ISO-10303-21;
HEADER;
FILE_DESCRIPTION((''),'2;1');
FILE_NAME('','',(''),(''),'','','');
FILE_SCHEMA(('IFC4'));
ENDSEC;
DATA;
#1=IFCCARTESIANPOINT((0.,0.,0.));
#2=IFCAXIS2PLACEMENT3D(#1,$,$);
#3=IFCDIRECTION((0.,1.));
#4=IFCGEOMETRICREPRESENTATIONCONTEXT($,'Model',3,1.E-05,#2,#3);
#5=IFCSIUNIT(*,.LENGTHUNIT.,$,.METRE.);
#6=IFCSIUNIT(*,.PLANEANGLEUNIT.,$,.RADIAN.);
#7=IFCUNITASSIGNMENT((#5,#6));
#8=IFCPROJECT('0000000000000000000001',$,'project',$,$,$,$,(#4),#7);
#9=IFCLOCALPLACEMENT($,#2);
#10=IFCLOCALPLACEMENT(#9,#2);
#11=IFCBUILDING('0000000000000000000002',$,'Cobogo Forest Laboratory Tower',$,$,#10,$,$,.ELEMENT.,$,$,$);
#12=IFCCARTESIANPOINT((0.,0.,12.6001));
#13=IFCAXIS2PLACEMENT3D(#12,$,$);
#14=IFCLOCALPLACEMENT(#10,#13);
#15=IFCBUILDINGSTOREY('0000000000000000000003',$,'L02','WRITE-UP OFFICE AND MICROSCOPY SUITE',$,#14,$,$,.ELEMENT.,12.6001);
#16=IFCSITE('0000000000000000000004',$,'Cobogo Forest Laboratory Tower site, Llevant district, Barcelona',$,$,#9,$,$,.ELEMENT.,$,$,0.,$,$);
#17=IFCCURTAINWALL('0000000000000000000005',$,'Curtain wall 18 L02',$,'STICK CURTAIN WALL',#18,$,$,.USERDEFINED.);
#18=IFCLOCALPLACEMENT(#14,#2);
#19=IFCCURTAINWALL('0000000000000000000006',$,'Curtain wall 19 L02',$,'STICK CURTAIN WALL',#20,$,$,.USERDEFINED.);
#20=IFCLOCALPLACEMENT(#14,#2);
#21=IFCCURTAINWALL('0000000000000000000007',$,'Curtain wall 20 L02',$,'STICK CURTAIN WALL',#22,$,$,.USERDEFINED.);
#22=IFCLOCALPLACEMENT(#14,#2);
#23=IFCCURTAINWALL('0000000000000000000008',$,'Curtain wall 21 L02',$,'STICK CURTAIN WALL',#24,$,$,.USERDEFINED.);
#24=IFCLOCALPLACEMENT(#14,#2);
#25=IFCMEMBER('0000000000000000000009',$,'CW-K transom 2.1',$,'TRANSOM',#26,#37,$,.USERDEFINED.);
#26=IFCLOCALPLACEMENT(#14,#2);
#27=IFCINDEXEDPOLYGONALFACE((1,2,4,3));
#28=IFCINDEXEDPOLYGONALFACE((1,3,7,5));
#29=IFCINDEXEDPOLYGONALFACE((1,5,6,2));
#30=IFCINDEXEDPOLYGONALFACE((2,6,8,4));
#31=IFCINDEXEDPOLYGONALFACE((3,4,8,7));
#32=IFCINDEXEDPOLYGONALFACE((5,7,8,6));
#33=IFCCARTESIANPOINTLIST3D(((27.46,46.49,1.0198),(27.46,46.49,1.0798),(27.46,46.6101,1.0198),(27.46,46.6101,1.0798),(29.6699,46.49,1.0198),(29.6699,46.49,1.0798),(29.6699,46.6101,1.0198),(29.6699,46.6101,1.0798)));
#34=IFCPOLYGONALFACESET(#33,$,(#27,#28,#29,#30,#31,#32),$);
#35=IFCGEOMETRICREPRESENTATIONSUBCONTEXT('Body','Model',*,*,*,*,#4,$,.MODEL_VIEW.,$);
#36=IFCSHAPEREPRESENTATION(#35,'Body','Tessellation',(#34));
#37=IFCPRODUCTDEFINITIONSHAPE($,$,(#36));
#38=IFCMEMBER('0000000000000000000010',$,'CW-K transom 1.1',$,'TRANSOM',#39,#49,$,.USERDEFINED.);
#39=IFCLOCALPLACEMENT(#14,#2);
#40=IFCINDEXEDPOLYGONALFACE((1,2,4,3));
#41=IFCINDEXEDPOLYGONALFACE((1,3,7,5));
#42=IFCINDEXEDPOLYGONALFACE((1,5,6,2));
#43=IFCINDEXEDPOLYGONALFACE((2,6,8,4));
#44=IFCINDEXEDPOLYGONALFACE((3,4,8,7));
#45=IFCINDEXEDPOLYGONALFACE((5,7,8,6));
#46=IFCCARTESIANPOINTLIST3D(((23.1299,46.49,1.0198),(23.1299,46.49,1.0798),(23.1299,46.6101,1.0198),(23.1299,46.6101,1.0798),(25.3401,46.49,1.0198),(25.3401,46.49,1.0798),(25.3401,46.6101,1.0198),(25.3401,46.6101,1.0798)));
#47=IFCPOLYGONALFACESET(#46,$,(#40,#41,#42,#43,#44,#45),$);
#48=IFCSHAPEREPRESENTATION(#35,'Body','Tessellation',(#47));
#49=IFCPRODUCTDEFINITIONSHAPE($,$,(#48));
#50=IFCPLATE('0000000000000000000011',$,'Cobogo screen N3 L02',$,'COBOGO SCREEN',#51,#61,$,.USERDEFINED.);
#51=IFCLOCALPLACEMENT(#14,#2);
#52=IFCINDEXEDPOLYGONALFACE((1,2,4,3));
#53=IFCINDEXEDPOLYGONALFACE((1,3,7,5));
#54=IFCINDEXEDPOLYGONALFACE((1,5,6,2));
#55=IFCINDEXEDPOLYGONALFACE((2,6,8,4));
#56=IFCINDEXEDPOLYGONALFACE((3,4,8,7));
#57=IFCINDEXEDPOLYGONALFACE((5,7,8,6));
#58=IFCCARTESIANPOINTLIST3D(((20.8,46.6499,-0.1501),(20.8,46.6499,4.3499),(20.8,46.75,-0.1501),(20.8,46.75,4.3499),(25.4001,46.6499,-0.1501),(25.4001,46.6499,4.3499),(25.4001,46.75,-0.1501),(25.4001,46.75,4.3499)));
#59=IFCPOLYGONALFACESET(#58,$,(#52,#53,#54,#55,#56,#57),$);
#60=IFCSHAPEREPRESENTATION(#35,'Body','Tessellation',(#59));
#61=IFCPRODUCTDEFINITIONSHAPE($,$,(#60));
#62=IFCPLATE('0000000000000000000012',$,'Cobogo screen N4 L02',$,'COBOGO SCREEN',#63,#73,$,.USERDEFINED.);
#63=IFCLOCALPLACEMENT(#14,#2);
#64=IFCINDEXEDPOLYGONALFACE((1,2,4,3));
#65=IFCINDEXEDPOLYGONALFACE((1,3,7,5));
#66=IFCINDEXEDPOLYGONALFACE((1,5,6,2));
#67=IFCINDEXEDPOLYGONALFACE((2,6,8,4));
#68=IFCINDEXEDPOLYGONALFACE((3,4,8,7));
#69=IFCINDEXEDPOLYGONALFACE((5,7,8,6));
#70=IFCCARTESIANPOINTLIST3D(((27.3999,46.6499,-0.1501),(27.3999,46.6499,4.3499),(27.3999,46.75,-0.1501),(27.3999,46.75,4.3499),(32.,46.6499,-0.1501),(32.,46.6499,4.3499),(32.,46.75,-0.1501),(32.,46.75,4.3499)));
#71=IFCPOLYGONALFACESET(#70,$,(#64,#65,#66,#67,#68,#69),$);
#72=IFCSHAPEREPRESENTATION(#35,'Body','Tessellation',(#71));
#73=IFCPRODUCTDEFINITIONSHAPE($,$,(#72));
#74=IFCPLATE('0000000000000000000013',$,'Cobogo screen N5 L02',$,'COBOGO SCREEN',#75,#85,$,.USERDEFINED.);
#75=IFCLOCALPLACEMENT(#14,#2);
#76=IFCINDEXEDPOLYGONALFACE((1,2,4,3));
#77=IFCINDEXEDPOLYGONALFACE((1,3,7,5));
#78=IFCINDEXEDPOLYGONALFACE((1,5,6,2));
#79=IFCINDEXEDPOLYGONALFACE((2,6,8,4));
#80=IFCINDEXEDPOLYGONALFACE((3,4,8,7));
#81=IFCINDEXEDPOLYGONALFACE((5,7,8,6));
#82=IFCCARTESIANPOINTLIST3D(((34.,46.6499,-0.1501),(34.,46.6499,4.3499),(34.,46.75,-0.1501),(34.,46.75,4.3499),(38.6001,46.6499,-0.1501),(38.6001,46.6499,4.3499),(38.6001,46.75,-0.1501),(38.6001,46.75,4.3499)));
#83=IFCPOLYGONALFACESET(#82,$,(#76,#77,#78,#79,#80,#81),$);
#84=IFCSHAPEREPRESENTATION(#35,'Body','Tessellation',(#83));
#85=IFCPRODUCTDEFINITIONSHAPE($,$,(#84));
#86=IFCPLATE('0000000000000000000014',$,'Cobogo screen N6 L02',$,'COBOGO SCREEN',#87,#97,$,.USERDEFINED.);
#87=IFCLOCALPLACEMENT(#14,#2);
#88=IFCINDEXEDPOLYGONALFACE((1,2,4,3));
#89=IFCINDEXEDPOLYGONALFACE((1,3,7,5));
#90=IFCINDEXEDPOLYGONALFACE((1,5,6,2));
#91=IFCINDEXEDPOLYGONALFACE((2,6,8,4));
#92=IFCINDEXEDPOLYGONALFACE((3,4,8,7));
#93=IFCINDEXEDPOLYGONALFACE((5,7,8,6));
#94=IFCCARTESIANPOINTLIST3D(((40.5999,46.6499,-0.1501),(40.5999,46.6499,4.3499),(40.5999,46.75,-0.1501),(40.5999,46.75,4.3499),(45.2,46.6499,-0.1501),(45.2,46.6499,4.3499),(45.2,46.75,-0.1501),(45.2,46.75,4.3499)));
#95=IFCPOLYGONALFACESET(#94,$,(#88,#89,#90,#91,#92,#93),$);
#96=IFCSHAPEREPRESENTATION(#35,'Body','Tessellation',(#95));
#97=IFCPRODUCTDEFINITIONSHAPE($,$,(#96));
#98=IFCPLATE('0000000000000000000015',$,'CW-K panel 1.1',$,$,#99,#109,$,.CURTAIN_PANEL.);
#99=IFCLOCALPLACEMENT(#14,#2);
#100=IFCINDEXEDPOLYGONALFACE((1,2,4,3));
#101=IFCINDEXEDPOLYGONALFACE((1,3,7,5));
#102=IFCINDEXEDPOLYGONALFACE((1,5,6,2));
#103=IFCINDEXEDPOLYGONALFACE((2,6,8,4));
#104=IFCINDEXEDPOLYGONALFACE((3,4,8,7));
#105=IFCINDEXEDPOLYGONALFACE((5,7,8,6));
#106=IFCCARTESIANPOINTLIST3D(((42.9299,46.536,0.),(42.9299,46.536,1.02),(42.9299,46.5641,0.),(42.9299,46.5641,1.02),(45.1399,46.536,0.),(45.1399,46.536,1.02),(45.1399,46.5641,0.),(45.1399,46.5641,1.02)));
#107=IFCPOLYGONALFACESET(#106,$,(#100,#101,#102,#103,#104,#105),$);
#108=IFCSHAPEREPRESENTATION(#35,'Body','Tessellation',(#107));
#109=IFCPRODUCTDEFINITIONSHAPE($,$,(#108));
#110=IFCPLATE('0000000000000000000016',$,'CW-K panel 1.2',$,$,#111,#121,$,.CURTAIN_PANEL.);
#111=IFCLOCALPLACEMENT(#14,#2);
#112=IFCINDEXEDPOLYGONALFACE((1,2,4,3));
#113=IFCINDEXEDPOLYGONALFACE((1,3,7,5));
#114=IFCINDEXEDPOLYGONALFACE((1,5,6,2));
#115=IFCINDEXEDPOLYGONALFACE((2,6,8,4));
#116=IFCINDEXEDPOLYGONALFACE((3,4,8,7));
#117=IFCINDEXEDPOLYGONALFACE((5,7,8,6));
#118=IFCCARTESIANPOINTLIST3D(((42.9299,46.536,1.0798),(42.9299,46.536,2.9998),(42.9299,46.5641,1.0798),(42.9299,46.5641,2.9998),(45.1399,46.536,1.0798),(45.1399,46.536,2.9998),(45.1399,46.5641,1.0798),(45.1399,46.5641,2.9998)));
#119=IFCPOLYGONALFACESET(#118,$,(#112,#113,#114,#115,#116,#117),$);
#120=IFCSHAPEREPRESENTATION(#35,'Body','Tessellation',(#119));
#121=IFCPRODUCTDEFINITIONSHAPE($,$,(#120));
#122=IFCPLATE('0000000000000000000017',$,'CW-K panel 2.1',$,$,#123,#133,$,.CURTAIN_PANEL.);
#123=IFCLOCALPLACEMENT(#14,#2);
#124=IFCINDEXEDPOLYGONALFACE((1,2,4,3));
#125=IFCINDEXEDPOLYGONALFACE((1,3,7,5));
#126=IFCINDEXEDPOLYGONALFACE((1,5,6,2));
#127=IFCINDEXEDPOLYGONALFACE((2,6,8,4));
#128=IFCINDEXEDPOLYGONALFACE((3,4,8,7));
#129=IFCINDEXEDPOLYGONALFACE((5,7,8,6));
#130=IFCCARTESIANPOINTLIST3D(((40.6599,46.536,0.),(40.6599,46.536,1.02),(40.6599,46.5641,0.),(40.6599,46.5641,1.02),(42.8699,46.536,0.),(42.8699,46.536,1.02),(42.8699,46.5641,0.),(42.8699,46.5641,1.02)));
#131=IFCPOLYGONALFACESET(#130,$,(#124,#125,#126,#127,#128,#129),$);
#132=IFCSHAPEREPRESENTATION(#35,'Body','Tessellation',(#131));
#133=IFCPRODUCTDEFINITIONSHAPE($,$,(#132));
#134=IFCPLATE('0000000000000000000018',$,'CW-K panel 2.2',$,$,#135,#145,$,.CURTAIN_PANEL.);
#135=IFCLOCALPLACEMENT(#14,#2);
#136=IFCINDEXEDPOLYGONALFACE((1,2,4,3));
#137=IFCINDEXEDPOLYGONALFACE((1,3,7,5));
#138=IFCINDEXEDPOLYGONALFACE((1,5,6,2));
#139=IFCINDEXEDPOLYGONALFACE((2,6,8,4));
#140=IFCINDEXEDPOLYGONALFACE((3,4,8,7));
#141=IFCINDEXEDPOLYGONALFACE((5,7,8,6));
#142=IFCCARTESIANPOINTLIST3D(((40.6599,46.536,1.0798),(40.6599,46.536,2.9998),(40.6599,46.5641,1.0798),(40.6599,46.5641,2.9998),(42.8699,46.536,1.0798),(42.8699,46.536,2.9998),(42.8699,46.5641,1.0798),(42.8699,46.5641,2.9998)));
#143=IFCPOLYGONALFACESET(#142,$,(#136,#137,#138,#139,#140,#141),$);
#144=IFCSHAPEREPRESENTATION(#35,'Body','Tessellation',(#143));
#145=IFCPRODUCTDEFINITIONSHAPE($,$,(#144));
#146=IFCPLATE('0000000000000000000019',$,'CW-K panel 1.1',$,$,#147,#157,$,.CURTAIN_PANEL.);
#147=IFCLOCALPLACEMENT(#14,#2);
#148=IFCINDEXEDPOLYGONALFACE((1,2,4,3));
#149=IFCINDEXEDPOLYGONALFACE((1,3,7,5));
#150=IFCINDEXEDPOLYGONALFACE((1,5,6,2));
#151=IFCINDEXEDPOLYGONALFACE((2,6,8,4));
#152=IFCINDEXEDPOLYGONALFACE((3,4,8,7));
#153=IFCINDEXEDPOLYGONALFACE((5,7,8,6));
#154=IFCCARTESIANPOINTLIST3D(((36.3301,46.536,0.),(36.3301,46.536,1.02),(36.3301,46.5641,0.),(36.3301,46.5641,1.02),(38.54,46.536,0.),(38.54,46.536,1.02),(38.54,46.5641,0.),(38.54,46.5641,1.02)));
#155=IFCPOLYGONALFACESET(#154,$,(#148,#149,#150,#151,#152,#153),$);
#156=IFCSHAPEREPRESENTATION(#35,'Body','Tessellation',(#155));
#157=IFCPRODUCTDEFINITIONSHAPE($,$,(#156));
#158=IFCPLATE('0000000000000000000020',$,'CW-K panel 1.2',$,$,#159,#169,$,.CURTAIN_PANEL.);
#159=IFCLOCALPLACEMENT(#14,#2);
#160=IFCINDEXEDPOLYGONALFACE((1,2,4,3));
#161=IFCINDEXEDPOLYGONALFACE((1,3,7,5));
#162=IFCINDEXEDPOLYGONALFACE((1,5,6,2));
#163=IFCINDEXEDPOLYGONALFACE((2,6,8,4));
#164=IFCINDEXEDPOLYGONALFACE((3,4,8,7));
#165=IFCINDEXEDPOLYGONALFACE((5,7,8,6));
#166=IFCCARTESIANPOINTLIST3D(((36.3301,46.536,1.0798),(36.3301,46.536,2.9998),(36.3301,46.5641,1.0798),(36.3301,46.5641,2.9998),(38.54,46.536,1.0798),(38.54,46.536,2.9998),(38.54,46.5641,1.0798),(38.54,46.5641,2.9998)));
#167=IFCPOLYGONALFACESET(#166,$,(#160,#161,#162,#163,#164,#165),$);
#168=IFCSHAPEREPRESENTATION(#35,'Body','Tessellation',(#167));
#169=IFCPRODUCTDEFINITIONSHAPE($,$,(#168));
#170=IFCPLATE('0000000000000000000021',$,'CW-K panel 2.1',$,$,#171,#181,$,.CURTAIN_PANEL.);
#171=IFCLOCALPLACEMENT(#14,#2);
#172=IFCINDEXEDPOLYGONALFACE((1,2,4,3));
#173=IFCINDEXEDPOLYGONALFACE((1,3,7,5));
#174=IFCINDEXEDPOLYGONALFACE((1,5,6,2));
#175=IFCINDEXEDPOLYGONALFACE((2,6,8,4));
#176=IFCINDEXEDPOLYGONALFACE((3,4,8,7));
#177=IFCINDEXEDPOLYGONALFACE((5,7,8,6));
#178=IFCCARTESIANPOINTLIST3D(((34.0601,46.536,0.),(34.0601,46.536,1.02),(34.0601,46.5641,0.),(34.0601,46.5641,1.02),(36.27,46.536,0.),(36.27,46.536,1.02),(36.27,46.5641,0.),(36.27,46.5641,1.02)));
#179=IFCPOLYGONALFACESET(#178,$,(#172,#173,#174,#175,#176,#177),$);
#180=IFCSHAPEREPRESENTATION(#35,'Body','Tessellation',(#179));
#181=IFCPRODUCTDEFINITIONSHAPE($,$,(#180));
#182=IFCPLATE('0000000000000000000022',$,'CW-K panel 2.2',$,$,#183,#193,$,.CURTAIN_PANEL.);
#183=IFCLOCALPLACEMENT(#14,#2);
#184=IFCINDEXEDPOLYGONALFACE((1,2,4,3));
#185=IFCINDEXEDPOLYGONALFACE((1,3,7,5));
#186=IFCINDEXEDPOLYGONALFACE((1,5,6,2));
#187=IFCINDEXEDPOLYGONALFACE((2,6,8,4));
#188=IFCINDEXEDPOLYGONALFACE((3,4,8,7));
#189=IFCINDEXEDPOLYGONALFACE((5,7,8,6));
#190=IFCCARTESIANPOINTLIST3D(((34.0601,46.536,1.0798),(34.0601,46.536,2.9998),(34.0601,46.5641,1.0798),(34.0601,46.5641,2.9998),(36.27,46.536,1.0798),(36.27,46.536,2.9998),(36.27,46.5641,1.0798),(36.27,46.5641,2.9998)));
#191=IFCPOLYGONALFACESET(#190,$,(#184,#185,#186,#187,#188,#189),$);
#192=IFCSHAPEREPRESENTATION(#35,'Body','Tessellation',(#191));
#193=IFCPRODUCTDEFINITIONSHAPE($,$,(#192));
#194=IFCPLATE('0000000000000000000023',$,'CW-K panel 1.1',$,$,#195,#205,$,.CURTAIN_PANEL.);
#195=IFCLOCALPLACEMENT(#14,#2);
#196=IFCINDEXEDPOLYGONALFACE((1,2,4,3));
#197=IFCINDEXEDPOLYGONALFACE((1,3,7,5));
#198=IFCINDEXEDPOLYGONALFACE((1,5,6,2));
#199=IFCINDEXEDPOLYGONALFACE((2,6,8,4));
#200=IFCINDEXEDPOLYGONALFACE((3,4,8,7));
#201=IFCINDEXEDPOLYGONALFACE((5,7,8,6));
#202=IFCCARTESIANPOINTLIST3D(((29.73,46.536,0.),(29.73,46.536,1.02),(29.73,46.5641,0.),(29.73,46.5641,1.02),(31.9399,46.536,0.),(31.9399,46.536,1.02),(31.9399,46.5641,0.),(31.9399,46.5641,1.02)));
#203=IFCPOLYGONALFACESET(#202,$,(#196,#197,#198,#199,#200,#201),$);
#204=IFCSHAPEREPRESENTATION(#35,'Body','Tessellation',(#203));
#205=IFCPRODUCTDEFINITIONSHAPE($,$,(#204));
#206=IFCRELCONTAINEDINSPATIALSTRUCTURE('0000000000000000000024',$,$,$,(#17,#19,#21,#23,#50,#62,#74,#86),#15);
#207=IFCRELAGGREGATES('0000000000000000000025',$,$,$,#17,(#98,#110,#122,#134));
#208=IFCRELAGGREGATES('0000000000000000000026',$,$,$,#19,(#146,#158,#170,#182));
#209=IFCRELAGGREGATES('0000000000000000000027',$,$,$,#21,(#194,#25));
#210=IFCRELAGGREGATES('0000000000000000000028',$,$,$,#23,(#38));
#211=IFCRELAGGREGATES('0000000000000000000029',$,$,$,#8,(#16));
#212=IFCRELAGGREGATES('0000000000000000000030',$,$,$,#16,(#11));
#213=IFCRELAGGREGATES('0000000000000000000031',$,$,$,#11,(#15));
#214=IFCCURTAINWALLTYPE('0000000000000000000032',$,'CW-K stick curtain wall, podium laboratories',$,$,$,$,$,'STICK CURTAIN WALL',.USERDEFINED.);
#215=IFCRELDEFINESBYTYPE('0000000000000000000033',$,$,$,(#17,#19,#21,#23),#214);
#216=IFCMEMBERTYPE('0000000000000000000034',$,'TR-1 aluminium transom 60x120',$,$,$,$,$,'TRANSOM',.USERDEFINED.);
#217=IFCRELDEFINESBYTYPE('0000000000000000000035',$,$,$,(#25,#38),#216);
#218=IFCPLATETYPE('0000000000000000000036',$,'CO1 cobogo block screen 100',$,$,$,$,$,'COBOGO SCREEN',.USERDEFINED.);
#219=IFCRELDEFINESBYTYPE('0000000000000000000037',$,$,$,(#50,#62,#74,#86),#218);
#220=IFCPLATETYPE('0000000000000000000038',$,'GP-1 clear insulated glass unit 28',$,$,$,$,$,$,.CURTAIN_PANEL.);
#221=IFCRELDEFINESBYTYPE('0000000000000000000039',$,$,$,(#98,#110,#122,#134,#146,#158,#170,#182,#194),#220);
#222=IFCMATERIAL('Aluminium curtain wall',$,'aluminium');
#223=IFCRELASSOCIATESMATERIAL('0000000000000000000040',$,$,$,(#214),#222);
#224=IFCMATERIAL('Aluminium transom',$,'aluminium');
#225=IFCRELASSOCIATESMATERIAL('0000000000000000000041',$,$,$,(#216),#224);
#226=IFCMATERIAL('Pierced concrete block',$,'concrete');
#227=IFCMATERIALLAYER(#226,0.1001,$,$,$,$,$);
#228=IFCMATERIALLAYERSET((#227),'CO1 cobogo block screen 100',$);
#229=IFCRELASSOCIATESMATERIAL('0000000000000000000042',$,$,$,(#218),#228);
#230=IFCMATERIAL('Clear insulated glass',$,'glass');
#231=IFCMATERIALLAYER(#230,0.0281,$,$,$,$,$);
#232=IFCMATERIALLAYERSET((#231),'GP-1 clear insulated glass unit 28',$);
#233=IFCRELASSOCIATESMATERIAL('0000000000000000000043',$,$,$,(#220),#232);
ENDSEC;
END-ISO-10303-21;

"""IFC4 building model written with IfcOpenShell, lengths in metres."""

from ifc_helpers import new_model, si_unit, direction, frame, origin, origin_2d, place, context, subcontext, project, spatial, rectangle, extrude, material, layer, layer_set, material_profile, profile_set, type_object, element, aggregate, save


model = new_model("IFC4")

# Units and contexts
model_context = context("Model", 3, precision=1e-05, world=origin(), true_north=direction((0.0, 1.0)))
body_context = subcontext(model_context, "Body", "Model", "MODEL_VIEW")
ifc_project = project(units=[si_unit("LENGTHUNIT", "METRE"), si_unit("PLANEANGLEUNIT", "RADIAN")], contexts=[model_context])

# Site, building, storey
site_placement = place(None, origin())
site = spatial("IfcSite", under=ifc_project, at=site_placement, Name="Cobogo Forest Laboratory Tower site, Llevant district, Barcelona", CompositionType="ELEMENT", RefElevation=0.0)
building_placement = place(site_placement, origin())
building = spatial("IfcBuilding", under=site, at=building_placement, Name="Cobogo Forest Laboratory Tower", CompositionType="ELEMENT")
storey_placement = place(building_placement, frame((0.0, 0.0, 12.6001)))
storey = spatial("IfcBuildingStorey", under=building, at=storey_placement, Name="L02", Description="WRITE-UP OFFICE AND MICROSCOPY SUITE", CompositionType="ELEMENT", Elevation=12.6001)

# Curtain walls
ifc_material_1 = material(Name="Aluminium curtain wall", Category="aluminium")
curtain_wall_type = type_object("IfcCurtainWallType", Name="CW-K stick curtain wall, podium laboratories", ElementType="STICK CURTAIN WALL", PredefinedType="USERDEFINED", material=ifc_material_1)
curtain_wall_1_placement = place(storey_placement, origin())
curtain_wall_1 = element("IfcCurtainWall", 1, at=curtain_wall_1_placement, inside=storey, type_object=curtain_wall_type, Name="Curtain wall 18 L02", ObjectType="STICK CURTAIN WALL", PredefinedType="USERDEFINED")
curtain_wall_2_placement = place(storey_placement, origin())
curtain_wall_2 = element("IfcCurtainWall", 2, at=curtain_wall_2_placement, inside=storey, type_object=curtain_wall_type, Name="Curtain wall 19 L02", ObjectType="STICK CURTAIN WALL", PredefinedType="USERDEFINED")
curtain_wall_3_placement = place(storey_placement, origin())
curtain_wall_3 = element("IfcCurtainWall", 3, at=curtain_wall_3_placement, inside=storey, type_object=curtain_wall_type, Name="Curtain wall 20 L02", ObjectType="STICK CURTAIN WALL", PredefinedType="USERDEFINED")

# Curtain wall
curtain_wall_4_placement = place(storey_placement, origin())
curtain_wall_4 = element("IfcCurtainWall", 4, at=curtain_wall_4_placement, inside=storey, type_object=curtain_wall_type, Name="Curtain wall 21 L02", ObjectType="STICK CURTAIN WALL", PredefinedType="USERDEFINED")

# Members
ifc_material_2 = material(Name="Aluminium transom", Category="aluminium")
ifc_material_profile_1 = material_profile(ifc_material_2, rectangle(XDim=0.1201, YDim=0.0601, at=origin_2d()), Name="AL 60x120")
ifc_profile_set_1 = profile_set([ifc_material_profile_1], Name="Aluminium transom")
member_type_1 = type_object("IfcMemberType", Name="TR-1 aluminium transom 60x120", ElementType="TRANSOM", PredefinedType="USERDEFINED", material=ifc_profile_set_1)
member_1_placement = place(storey_placement, frame((29.6699, 46.55, 1.0498), z_axis=(-1.0, 0.0, 0.0), x_axis=(0.0, -1.0, 0.0)))
member_1 = element("IfcMember", 5, at=member_1_placement, type_object=member_type_1, Name="CW-K transom 2.1", ObjectType="TRANSOM", PredefinedType="USERDEFINED", context=body_context, shape_type="SweptSolid", body=[
    extrude(rectangle(XDim=0.1201, YDim=0.0601, at=origin_2d()), origin(), (0.0, 0.0, 1.0), 2.21),
])
member_2_placement = place(storey_placement, frame((25.3401, 46.55, 1.0498), z_axis=(-1.0, 0.0, 0.0), x_axis=(0.0, -1.0, 0.0)))
member_2 = element("IfcMember", 6, at=member_2_placement, type_object=member_type_1, Name="CW-K transom 1.1", ObjectType="TRANSOM", PredefinedType="USERDEFINED", context=body_context, shape_type="SweptSolid", body=[
    extrude(rectangle(XDim=0.1201, YDim=0.0601, at=origin_2d()), origin(), (0.0, 0.0, 1.0), 2.2102),
])

# Plates
ifc_material_3 = material(Name="Pierced concrete block", Category="concrete")
ifc_layer_1 = layer(ifc_material_3, 0.1001)
ifc_layer_set_1 = layer_set([ifc_layer_1], Name="CO1 cobogo block screen 100")
plate_type_1 = type_object("IfcPlateType", Name="CO1 cobogo block screen 100", ElementType="COBOGO SCREEN", PredefinedType="USERDEFINED", material=ifc_layer_set_1)
for number, where, z_axis, x_axis, name in (
    (7, (23.1001, 46.7, -0.1501), (0.0, 0.0, 1.0), (1.0, 0.0, 0.0), "Cobogo screen N3 L02"),
    (8, (29.7, 46.7, -0.1501), (0.0, 0.0, 1.0), (1.0, 0.0, 0.0), "Cobogo screen N4 L02"),
    (9, (36.3, 46.7, -0.1501), (0.0, 0.0, 1.0), (1.0, 0.0, 0.0), "Cobogo screen N5 L02"),
    (10, (42.8999, 46.7, -0.1501), (0.0, 0.0, 1.0), (1.0, 0.0, 0.0), "Cobogo screen N6 L02"),
):
    element("IfcPlate", number, at=place(storey_placement, frame(where, z_axis=z_axis, x_axis=x_axis)), inside=storey, type_object=plate_type_1, Name=name, ObjectType="COBOGO SCREEN", PredefinedType="USERDEFINED", context=body_context, shape_type="SweptSolid", body=[
        extrude(rectangle(XDim=4.6001, YDim=0.1001, at=origin_2d()), origin(), (0.0, 0.0, 1.0), 4.5),
    ])

# Plates
ifc_material_4 = material(Name="Clear insulated glass", Category="glass")
ifc_layer_2 = layer(ifc_material_4, 0.0281)
ifc_layer_set_2 = layer_set([ifc_layer_2], Name="GP-1 clear insulated glass unit 28")
plate_type_2 = type_object("IfcPlateType", Name="GP-1 clear insulated glass unit 28", PredefinedType="CURTAIN_PANEL", material=ifc_layer_set_2)
plate_1_placement = place(storey_placement, frame((44.0349, 46.55, 0.0), z_axis=(0.0, 0.0, 1.0), x_axis=(-1.0, 0.0, 0.0)))
plate_1 = element("IfcPlate", 11, at=plate_1_placement, type_object=plate_type_2, Name="CW-K panel 1.1", PredefinedType="CURTAIN_PANEL", context=body_context, shape_type="SweptSolid", body=[
    extrude(rectangle(XDim=2.21, YDim=0.0281, at=origin_2d()), origin(), (0.0, 0.0, 1.0), 1.02),
])
plate_2_placement = place(storey_placement, frame((44.0349, 46.55, 1.0798), z_axis=(0.0, 0.0, 1.0), x_axis=(-1.0, 0.0, 0.0)))
plate_2 = element("IfcPlate", 12, at=plate_2_placement, type_object=plate_type_2, Name="CW-K panel 1.2", PredefinedType="CURTAIN_PANEL", context=body_context, shape_type="SweptSolid", body=[
    extrude(rectangle(XDim=2.21, YDim=0.0281, at=origin_2d()), origin(), (0.0, 0.0, 1.0), 1.9199),
])
plate_3_placement = place(storey_placement, frame((41.7649, 46.55, 0.0), z_axis=(0.0, 0.0, 1.0), x_axis=(-1.0, 0.0, 0.0)))
plate_3 = element("IfcPlate", 13, at=plate_3_placement, type_object=plate_type_2, Name="CW-K panel 2.1", PredefinedType="CURTAIN_PANEL", context=body_context, shape_type="SweptSolid", body=[
    extrude(rectangle(XDim=2.21, YDim=0.0281, at=origin_2d()), origin(), (0.0, 0.0, 1.0), 1.02),
])
plate_4_placement = place(storey_placement, frame((41.7649, 46.55, 1.0798), z_axis=(0.0, 0.0, 1.0), x_axis=(-1.0, 0.0, 0.0)))
plate_4 = element("IfcPlate", 14, at=plate_4_placement, type_object=plate_type_2, Name="CW-K panel 2.2", PredefinedType="CURTAIN_PANEL", context=body_context, shape_type="SweptSolid", body=[
    extrude(rectangle(XDim=2.21, YDim=0.0281, at=origin_2d()), origin(), (0.0, 0.0, 1.0), 1.9199),
])
aggregate(curtain_wall_1, [plate_1, plate_2, plate_3, plate_4])
plate_5_placement = place(storey_placement, frame((37.4351, 46.55, 0.0), z_axis=(0.0, 0.0, 1.0), x_axis=(-1.0, 0.0, 0.0)))
plate_5 = element("IfcPlate", 15, at=plate_5_placement, type_object=plate_type_2, Name="CW-K panel 1.1", PredefinedType="CURTAIN_PANEL", context=body_context, shape_type="SweptSolid", body=[
    extrude(rectangle(XDim=2.21, YDim=0.0281, at=origin_2d()), origin(), (0.0, 0.0, 1.0), 1.02),
])
plate_6_placement = place(storey_placement, frame((37.4351, 46.55, 1.0798), z_axis=(0.0, 0.0, 1.0), x_axis=(-1.0, 0.0, 0.0)))
plate_6 = element("IfcPlate", 16, at=plate_6_placement, type_object=plate_type_2, Name="CW-K panel 1.2", PredefinedType="CURTAIN_PANEL", context=body_context, shape_type="SweptSolid", body=[
    extrude(rectangle(XDim=2.21, YDim=0.0281, at=origin_2d()), origin(), (0.0, 0.0, 1.0), 1.9199),
])
plate_7_placement = place(storey_placement, frame((35.165, 46.55, 0.0), z_axis=(0.0, 0.0, 1.0), x_axis=(-1.0, 0.0, 0.0)))
plate_7 = element("IfcPlate", 17, at=plate_7_placement, type_object=plate_type_2, Name="CW-K panel 2.1", PredefinedType="CURTAIN_PANEL", context=body_context, shape_type="SweptSolid", body=[
    extrude(rectangle(XDim=2.21, YDim=0.0281, at=origin_2d()), origin(), (0.0, 0.0, 1.0), 1.02),
])
plate_8_placement = place(storey_placement, frame((35.165, 46.55, 1.0798), z_axis=(0.0, 0.0, 1.0), x_axis=(-1.0, 0.0, 0.0)))
plate_8 = element("IfcPlate", 18, at=plate_8_placement, type_object=plate_type_2, Name="CW-K panel 2.2", PredefinedType="CURTAIN_PANEL", context=body_context, shape_type="SweptSolid", body=[
    extrude(rectangle(XDim=2.21, YDim=0.0281, at=origin_2d()), origin(), (0.0, 0.0, 1.0), 1.9199),
])
aggregate(curtain_wall_2, [plate_5, plate_6, plate_7, plate_8])
plate_9_placement = place(storey_placement, frame((30.835, 46.55, 0.0), z_axis=(0.0, 0.0, 1.0), x_axis=(-1.0, 0.0, 0.0)))
plate_9 = element("IfcPlate", 19, at=plate_9_placement, type_object=plate_type_2, Name="CW-K panel 1.1", PredefinedType="CURTAIN_PANEL", context=body_context, shape_type="SweptSolid", body=[
    extrude(rectangle(XDim=2.21, YDim=0.0281, at=origin_2d()), origin(), (0.0, 0.0, 1.0), 1.02),
])
aggregate(curtain_wall_3, [plate_9, member_1])
aggregate(curtain_wall_4, [member_2])

save(model, "model.ifc")
